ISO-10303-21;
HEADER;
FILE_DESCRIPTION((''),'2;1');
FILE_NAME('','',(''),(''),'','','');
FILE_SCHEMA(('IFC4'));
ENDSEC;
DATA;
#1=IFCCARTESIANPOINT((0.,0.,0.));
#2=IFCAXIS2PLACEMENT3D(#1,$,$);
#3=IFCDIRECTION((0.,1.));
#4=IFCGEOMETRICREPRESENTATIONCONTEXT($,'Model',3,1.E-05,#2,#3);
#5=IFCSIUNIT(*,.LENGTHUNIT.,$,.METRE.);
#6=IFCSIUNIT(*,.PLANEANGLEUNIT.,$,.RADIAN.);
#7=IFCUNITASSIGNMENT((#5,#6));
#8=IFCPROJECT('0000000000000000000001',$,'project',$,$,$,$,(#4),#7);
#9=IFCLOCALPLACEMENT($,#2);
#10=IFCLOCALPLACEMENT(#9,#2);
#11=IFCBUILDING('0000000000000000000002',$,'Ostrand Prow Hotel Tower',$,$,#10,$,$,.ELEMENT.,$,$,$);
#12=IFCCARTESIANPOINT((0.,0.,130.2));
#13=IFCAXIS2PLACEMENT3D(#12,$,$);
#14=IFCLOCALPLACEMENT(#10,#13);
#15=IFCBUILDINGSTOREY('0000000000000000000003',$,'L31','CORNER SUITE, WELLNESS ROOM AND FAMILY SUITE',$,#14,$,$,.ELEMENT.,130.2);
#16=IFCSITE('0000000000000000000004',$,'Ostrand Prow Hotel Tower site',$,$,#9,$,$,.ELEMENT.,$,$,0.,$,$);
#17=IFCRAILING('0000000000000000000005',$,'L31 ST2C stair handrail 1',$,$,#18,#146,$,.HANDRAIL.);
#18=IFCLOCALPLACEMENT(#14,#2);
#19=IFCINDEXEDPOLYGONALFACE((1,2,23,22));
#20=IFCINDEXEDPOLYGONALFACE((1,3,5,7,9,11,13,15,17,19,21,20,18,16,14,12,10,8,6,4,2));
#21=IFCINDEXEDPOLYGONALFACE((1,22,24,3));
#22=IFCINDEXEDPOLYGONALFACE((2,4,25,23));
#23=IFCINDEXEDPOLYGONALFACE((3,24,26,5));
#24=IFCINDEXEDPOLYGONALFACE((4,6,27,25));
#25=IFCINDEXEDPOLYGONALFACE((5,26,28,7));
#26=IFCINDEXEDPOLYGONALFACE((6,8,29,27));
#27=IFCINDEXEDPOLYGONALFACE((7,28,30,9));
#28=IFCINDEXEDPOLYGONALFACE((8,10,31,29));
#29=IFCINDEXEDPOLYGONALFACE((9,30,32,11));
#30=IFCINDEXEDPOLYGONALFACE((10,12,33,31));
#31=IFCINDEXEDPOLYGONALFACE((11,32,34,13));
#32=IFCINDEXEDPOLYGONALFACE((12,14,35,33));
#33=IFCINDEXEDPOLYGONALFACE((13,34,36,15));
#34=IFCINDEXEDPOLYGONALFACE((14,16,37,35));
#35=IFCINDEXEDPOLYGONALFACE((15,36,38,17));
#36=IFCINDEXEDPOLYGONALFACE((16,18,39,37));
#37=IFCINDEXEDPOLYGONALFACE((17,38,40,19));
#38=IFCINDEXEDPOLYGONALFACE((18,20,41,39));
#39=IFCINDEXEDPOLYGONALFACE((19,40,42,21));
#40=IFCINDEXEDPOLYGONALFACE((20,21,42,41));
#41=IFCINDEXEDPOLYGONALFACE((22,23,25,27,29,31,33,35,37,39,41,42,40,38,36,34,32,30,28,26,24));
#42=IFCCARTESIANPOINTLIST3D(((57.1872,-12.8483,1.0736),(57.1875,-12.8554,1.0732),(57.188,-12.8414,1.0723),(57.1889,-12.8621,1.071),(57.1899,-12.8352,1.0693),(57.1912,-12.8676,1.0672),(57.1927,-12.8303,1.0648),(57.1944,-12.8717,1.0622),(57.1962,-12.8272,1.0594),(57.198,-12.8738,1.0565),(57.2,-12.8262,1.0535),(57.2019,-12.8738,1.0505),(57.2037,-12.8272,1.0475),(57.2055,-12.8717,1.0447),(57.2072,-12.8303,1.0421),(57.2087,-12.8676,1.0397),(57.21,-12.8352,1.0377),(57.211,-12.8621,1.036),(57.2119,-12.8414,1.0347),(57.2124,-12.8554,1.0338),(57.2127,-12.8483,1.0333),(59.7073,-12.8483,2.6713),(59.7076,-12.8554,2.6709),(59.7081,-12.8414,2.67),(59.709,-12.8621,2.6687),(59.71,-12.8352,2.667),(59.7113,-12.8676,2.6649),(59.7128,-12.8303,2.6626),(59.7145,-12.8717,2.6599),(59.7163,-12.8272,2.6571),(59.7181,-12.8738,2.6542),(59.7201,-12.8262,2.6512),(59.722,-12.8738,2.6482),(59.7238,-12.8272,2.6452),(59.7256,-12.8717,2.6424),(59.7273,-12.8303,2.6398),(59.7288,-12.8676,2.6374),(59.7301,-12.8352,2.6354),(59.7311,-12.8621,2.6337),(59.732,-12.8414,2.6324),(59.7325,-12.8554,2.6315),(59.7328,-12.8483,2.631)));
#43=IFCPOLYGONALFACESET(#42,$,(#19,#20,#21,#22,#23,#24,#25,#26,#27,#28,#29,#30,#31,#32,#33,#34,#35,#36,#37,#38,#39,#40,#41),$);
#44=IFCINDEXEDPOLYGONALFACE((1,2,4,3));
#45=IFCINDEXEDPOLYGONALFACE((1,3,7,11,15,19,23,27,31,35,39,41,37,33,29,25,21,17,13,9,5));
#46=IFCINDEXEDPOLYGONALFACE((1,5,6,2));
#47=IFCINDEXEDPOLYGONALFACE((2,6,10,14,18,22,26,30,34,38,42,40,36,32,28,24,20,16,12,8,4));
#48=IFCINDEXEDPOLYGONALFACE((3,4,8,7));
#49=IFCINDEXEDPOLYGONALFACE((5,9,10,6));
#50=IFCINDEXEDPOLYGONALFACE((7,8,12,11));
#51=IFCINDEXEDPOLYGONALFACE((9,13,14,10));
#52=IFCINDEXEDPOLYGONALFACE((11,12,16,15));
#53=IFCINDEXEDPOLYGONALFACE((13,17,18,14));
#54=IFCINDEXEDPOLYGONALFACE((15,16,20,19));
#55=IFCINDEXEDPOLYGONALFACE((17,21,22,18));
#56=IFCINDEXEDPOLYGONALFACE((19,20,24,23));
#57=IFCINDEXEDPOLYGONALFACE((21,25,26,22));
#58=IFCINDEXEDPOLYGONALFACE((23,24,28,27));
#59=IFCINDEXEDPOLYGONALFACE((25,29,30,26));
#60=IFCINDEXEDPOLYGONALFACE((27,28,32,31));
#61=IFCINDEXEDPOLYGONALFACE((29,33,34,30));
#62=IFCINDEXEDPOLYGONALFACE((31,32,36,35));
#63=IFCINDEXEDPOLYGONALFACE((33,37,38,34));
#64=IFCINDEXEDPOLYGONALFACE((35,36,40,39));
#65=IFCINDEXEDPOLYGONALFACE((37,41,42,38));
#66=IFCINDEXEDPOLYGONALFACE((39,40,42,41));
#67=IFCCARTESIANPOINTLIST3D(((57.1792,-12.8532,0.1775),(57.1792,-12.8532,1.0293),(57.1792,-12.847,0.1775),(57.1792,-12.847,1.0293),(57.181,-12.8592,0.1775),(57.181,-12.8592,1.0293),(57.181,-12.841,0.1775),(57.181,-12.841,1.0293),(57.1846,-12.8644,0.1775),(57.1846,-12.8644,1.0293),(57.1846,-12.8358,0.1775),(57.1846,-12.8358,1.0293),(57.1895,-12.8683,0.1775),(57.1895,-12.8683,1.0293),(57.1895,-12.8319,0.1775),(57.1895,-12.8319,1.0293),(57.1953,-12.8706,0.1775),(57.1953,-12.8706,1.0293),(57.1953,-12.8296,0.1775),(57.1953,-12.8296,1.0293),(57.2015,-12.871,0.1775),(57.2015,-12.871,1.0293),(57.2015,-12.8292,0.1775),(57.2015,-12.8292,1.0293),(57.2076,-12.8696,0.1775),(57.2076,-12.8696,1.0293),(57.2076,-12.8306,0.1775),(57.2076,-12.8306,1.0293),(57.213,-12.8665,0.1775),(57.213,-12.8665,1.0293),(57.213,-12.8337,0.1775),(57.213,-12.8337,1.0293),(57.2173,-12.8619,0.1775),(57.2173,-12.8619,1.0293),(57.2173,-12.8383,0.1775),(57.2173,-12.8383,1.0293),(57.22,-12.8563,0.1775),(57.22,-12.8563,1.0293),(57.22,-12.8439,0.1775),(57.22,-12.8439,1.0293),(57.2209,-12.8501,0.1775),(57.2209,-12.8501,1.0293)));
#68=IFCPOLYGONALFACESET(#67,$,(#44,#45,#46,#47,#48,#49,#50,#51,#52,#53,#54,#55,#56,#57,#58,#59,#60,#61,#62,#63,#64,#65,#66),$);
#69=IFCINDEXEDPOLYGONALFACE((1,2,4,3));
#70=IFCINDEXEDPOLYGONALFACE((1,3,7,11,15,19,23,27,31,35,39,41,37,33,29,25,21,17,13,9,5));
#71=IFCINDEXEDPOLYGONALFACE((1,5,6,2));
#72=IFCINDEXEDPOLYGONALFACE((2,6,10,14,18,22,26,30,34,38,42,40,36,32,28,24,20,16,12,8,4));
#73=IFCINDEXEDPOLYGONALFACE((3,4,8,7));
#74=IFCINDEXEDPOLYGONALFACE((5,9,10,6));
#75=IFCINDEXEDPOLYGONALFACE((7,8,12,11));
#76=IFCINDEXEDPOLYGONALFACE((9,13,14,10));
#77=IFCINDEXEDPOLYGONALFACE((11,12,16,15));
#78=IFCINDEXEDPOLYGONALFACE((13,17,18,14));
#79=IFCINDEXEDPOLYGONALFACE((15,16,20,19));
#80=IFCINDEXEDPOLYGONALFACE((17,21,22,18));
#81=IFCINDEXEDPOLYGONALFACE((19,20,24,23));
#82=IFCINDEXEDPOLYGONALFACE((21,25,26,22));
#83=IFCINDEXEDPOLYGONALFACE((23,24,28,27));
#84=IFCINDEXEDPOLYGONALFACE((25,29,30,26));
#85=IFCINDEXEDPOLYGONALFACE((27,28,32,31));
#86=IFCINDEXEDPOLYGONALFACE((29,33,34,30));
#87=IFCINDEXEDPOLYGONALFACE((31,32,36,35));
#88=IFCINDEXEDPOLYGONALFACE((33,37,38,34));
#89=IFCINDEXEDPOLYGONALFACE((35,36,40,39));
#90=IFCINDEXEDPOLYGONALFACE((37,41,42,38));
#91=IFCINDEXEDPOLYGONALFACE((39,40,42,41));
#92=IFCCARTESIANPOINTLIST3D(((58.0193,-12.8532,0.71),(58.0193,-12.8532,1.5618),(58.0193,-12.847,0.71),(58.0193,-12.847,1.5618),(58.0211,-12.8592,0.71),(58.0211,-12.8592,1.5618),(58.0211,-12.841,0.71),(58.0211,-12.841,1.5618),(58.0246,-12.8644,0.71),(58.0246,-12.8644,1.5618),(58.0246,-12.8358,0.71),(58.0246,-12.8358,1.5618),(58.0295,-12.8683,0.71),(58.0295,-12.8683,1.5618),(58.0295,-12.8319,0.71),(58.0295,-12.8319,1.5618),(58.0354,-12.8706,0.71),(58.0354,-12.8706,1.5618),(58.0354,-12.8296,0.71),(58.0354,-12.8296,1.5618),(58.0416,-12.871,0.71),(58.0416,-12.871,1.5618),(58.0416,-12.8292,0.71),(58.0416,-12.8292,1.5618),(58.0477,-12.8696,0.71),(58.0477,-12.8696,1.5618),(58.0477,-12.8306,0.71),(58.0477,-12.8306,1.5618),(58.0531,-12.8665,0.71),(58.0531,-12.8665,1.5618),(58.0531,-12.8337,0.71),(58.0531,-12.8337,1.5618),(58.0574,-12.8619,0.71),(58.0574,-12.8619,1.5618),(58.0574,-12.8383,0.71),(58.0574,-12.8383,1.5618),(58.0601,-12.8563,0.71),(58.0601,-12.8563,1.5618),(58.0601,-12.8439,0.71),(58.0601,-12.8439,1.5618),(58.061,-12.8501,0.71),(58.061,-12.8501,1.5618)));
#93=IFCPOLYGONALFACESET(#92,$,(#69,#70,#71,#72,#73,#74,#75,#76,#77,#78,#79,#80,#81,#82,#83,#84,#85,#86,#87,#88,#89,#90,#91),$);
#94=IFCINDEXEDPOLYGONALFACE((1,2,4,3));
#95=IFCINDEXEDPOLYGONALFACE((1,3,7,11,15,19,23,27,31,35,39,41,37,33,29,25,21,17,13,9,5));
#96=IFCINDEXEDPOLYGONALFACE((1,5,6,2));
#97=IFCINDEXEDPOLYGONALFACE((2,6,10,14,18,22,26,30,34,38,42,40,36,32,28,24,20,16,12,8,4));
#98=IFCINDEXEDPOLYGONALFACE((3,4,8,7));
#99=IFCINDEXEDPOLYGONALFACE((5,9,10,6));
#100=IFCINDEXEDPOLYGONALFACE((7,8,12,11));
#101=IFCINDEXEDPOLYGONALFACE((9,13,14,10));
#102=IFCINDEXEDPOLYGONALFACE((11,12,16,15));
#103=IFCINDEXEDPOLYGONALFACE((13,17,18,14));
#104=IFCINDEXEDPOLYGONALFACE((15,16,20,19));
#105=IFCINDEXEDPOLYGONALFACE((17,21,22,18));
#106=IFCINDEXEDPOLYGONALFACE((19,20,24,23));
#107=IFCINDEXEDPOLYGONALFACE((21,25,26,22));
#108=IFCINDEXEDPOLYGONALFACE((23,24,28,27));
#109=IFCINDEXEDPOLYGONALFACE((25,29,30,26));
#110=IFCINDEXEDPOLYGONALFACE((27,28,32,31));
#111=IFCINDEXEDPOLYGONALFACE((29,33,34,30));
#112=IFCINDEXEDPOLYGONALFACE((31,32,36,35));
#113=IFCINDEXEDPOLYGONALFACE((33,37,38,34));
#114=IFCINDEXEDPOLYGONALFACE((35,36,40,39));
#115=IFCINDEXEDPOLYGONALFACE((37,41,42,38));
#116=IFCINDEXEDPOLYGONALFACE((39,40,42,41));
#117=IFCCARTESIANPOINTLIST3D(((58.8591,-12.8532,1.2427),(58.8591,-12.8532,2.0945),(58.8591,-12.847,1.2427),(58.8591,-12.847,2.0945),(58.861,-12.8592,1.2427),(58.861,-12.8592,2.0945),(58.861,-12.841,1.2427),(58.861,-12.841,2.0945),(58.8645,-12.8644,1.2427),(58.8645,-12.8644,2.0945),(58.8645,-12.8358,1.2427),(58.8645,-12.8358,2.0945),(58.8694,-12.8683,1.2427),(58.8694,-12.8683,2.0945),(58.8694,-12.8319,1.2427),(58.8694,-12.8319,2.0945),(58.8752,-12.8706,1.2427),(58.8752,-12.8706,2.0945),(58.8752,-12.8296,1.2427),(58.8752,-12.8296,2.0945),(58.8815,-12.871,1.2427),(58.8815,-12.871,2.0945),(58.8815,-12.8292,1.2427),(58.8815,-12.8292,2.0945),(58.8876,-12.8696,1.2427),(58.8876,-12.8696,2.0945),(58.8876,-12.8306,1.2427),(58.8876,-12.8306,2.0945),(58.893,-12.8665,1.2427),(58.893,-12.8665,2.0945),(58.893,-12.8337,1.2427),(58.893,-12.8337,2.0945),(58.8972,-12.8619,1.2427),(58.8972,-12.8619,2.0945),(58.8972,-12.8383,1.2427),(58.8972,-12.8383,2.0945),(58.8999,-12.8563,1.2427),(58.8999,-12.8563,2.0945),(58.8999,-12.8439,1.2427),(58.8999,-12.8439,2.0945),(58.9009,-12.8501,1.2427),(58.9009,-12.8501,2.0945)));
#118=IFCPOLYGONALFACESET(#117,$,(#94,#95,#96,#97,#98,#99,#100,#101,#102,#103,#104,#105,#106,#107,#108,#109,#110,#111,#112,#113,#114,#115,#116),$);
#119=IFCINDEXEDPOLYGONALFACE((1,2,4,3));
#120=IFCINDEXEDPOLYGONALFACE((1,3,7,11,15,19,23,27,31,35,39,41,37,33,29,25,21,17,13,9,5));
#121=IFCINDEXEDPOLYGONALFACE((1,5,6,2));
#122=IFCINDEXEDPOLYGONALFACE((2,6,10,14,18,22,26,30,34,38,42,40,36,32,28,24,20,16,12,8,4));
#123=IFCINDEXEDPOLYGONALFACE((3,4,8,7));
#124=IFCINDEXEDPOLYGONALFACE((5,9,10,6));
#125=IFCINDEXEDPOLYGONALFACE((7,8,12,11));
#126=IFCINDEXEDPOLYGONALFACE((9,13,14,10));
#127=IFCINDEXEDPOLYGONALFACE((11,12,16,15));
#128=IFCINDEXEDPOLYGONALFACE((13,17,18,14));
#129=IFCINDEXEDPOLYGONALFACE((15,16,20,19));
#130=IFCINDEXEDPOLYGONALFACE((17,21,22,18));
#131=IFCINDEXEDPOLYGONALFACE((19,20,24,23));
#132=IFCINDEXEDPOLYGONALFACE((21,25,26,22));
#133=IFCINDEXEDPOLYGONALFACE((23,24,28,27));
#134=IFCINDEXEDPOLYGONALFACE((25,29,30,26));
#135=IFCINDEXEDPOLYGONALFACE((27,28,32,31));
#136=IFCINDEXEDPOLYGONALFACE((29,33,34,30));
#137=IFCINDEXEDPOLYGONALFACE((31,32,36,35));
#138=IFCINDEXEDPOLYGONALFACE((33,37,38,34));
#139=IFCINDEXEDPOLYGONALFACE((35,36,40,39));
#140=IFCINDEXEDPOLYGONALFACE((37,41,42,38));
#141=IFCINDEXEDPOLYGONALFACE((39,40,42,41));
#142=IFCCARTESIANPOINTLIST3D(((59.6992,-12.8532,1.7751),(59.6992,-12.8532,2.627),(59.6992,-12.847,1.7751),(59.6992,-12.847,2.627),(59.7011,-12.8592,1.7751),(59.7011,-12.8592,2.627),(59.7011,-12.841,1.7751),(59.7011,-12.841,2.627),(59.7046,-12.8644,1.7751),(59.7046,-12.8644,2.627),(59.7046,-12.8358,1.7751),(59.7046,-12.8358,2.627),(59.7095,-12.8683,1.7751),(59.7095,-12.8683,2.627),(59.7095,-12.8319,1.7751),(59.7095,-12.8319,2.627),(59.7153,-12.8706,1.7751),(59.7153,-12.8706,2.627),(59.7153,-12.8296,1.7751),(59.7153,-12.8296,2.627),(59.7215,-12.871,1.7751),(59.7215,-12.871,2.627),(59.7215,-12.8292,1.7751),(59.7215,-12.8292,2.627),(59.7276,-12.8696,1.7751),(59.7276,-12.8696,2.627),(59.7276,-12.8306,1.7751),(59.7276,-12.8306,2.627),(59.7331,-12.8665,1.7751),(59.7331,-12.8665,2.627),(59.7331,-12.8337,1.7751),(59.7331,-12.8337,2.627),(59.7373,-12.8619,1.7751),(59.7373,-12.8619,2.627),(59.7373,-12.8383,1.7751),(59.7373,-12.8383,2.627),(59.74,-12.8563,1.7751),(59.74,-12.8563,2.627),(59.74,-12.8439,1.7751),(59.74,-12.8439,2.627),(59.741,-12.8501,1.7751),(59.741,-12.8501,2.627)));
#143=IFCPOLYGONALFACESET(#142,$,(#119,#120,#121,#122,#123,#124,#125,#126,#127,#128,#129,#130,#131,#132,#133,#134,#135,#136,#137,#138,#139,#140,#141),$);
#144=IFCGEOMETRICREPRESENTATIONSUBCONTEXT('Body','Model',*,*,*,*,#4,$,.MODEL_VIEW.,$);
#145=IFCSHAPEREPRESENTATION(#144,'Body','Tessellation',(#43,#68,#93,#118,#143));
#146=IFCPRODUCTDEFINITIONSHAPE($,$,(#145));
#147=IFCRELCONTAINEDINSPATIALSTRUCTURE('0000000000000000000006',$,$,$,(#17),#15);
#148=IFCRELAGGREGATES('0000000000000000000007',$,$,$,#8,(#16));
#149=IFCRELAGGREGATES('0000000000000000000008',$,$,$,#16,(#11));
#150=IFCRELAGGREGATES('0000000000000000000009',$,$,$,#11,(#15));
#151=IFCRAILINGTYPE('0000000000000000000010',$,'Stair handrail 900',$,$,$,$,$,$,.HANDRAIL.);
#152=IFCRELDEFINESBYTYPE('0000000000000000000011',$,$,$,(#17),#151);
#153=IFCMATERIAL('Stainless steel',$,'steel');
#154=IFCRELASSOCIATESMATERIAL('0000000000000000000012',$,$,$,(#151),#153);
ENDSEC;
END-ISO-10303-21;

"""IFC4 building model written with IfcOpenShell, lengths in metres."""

from ifc_helpers import new_model, si_unit, direction, frame, origin, origin_2d, place, context, subcontext, project, spatial, circle, extrude, material, type_object, element, save


model = new_model("IFC4")

# Units and contexts
model_context = context("Model", 3, precision=1e-05, world=origin(), true_north=direction((0.0, 1.0)))
body_context = subcontext(model_context, "Body", "Model", "MODEL_VIEW")
ifc_project = project(units=[si_unit("LENGTHUNIT", "METRE"), si_unit("PLANEANGLEUNIT", "RADIAN")], contexts=[model_context])

# Site, building, storey
site_placement = place(None, origin())
site = spatial("IfcSite", under=ifc_project, at=site_placement, Name="Ostrand Prow Hotel Tower site", CompositionType="ELEMENT", RefElevation=0.0)
building_placement = place(site_placement, origin())
building = spatial("IfcBuilding", under=site, at=building_placement, Name="Ostrand Prow Hotel Tower", CompositionType="ELEMENT")
storey_placement = place(building_placement, frame((0.0, 0.0, 130.2)))
storey = spatial("IfcBuildingStorey", under=building, at=storey_placement, Name="L31", Description="CORNER SUITE, WELLNESS ROOM AND FAMILY SUITE", CompositionType="ELEMENT", Elevation=130.2)

# Railing
ifc_material_1 = material(Name="Stainless steel", Category="steel")
railing_type = type_object("IfcRailingType", Name="Stair handrail 900", PredefinedType="HANDRAIL", material=ifc_material_1)
railing_placement = place(storey_placement, frame((57.2, -12.8501, 0.1775)))
element("IfcRailing", 1, at=railing_placement, inside=storey, type_object=railing_type, Name="L31 ST2C stair handrail 1", PredefinedType="HANDRAIL", context=body_context, shape_type="SweptSolid", body=[
    extrude(circle(Radius=0.0239, at=origin_2d()), frame((0.0, 0.0, 0.876), z_axis=(0.84457, 0.0, 0.535445), x_axis=(0.0, 1.0, 0.0)), (0.0, 0.0, 1.0), 2.9839),
    extrude(circle(Radius=0.021, at=origin_2d()), origin(), (0.0, 0.0, 1.0), 0.8518),
    extrude(circle(Radius=0.021, at=origin_2d()), frame((0.8401, 0.0, 0.5325)), (0.0, 0.0, 1.0), 0.8518),
    extrude(circle(Radius=0.021, at=origin_2d()), frame((1.6799, 0.0, 1.0652)), (0.0, 0.0, 1.0), 0.8518),
    extrude(circle(Radius=0.021, at=origin_2d()), frame((2.52, 0.0, 1.5977)), (0.0, 0.0, 1.0), 0.8518),
])

save(model, "model.ifc")
